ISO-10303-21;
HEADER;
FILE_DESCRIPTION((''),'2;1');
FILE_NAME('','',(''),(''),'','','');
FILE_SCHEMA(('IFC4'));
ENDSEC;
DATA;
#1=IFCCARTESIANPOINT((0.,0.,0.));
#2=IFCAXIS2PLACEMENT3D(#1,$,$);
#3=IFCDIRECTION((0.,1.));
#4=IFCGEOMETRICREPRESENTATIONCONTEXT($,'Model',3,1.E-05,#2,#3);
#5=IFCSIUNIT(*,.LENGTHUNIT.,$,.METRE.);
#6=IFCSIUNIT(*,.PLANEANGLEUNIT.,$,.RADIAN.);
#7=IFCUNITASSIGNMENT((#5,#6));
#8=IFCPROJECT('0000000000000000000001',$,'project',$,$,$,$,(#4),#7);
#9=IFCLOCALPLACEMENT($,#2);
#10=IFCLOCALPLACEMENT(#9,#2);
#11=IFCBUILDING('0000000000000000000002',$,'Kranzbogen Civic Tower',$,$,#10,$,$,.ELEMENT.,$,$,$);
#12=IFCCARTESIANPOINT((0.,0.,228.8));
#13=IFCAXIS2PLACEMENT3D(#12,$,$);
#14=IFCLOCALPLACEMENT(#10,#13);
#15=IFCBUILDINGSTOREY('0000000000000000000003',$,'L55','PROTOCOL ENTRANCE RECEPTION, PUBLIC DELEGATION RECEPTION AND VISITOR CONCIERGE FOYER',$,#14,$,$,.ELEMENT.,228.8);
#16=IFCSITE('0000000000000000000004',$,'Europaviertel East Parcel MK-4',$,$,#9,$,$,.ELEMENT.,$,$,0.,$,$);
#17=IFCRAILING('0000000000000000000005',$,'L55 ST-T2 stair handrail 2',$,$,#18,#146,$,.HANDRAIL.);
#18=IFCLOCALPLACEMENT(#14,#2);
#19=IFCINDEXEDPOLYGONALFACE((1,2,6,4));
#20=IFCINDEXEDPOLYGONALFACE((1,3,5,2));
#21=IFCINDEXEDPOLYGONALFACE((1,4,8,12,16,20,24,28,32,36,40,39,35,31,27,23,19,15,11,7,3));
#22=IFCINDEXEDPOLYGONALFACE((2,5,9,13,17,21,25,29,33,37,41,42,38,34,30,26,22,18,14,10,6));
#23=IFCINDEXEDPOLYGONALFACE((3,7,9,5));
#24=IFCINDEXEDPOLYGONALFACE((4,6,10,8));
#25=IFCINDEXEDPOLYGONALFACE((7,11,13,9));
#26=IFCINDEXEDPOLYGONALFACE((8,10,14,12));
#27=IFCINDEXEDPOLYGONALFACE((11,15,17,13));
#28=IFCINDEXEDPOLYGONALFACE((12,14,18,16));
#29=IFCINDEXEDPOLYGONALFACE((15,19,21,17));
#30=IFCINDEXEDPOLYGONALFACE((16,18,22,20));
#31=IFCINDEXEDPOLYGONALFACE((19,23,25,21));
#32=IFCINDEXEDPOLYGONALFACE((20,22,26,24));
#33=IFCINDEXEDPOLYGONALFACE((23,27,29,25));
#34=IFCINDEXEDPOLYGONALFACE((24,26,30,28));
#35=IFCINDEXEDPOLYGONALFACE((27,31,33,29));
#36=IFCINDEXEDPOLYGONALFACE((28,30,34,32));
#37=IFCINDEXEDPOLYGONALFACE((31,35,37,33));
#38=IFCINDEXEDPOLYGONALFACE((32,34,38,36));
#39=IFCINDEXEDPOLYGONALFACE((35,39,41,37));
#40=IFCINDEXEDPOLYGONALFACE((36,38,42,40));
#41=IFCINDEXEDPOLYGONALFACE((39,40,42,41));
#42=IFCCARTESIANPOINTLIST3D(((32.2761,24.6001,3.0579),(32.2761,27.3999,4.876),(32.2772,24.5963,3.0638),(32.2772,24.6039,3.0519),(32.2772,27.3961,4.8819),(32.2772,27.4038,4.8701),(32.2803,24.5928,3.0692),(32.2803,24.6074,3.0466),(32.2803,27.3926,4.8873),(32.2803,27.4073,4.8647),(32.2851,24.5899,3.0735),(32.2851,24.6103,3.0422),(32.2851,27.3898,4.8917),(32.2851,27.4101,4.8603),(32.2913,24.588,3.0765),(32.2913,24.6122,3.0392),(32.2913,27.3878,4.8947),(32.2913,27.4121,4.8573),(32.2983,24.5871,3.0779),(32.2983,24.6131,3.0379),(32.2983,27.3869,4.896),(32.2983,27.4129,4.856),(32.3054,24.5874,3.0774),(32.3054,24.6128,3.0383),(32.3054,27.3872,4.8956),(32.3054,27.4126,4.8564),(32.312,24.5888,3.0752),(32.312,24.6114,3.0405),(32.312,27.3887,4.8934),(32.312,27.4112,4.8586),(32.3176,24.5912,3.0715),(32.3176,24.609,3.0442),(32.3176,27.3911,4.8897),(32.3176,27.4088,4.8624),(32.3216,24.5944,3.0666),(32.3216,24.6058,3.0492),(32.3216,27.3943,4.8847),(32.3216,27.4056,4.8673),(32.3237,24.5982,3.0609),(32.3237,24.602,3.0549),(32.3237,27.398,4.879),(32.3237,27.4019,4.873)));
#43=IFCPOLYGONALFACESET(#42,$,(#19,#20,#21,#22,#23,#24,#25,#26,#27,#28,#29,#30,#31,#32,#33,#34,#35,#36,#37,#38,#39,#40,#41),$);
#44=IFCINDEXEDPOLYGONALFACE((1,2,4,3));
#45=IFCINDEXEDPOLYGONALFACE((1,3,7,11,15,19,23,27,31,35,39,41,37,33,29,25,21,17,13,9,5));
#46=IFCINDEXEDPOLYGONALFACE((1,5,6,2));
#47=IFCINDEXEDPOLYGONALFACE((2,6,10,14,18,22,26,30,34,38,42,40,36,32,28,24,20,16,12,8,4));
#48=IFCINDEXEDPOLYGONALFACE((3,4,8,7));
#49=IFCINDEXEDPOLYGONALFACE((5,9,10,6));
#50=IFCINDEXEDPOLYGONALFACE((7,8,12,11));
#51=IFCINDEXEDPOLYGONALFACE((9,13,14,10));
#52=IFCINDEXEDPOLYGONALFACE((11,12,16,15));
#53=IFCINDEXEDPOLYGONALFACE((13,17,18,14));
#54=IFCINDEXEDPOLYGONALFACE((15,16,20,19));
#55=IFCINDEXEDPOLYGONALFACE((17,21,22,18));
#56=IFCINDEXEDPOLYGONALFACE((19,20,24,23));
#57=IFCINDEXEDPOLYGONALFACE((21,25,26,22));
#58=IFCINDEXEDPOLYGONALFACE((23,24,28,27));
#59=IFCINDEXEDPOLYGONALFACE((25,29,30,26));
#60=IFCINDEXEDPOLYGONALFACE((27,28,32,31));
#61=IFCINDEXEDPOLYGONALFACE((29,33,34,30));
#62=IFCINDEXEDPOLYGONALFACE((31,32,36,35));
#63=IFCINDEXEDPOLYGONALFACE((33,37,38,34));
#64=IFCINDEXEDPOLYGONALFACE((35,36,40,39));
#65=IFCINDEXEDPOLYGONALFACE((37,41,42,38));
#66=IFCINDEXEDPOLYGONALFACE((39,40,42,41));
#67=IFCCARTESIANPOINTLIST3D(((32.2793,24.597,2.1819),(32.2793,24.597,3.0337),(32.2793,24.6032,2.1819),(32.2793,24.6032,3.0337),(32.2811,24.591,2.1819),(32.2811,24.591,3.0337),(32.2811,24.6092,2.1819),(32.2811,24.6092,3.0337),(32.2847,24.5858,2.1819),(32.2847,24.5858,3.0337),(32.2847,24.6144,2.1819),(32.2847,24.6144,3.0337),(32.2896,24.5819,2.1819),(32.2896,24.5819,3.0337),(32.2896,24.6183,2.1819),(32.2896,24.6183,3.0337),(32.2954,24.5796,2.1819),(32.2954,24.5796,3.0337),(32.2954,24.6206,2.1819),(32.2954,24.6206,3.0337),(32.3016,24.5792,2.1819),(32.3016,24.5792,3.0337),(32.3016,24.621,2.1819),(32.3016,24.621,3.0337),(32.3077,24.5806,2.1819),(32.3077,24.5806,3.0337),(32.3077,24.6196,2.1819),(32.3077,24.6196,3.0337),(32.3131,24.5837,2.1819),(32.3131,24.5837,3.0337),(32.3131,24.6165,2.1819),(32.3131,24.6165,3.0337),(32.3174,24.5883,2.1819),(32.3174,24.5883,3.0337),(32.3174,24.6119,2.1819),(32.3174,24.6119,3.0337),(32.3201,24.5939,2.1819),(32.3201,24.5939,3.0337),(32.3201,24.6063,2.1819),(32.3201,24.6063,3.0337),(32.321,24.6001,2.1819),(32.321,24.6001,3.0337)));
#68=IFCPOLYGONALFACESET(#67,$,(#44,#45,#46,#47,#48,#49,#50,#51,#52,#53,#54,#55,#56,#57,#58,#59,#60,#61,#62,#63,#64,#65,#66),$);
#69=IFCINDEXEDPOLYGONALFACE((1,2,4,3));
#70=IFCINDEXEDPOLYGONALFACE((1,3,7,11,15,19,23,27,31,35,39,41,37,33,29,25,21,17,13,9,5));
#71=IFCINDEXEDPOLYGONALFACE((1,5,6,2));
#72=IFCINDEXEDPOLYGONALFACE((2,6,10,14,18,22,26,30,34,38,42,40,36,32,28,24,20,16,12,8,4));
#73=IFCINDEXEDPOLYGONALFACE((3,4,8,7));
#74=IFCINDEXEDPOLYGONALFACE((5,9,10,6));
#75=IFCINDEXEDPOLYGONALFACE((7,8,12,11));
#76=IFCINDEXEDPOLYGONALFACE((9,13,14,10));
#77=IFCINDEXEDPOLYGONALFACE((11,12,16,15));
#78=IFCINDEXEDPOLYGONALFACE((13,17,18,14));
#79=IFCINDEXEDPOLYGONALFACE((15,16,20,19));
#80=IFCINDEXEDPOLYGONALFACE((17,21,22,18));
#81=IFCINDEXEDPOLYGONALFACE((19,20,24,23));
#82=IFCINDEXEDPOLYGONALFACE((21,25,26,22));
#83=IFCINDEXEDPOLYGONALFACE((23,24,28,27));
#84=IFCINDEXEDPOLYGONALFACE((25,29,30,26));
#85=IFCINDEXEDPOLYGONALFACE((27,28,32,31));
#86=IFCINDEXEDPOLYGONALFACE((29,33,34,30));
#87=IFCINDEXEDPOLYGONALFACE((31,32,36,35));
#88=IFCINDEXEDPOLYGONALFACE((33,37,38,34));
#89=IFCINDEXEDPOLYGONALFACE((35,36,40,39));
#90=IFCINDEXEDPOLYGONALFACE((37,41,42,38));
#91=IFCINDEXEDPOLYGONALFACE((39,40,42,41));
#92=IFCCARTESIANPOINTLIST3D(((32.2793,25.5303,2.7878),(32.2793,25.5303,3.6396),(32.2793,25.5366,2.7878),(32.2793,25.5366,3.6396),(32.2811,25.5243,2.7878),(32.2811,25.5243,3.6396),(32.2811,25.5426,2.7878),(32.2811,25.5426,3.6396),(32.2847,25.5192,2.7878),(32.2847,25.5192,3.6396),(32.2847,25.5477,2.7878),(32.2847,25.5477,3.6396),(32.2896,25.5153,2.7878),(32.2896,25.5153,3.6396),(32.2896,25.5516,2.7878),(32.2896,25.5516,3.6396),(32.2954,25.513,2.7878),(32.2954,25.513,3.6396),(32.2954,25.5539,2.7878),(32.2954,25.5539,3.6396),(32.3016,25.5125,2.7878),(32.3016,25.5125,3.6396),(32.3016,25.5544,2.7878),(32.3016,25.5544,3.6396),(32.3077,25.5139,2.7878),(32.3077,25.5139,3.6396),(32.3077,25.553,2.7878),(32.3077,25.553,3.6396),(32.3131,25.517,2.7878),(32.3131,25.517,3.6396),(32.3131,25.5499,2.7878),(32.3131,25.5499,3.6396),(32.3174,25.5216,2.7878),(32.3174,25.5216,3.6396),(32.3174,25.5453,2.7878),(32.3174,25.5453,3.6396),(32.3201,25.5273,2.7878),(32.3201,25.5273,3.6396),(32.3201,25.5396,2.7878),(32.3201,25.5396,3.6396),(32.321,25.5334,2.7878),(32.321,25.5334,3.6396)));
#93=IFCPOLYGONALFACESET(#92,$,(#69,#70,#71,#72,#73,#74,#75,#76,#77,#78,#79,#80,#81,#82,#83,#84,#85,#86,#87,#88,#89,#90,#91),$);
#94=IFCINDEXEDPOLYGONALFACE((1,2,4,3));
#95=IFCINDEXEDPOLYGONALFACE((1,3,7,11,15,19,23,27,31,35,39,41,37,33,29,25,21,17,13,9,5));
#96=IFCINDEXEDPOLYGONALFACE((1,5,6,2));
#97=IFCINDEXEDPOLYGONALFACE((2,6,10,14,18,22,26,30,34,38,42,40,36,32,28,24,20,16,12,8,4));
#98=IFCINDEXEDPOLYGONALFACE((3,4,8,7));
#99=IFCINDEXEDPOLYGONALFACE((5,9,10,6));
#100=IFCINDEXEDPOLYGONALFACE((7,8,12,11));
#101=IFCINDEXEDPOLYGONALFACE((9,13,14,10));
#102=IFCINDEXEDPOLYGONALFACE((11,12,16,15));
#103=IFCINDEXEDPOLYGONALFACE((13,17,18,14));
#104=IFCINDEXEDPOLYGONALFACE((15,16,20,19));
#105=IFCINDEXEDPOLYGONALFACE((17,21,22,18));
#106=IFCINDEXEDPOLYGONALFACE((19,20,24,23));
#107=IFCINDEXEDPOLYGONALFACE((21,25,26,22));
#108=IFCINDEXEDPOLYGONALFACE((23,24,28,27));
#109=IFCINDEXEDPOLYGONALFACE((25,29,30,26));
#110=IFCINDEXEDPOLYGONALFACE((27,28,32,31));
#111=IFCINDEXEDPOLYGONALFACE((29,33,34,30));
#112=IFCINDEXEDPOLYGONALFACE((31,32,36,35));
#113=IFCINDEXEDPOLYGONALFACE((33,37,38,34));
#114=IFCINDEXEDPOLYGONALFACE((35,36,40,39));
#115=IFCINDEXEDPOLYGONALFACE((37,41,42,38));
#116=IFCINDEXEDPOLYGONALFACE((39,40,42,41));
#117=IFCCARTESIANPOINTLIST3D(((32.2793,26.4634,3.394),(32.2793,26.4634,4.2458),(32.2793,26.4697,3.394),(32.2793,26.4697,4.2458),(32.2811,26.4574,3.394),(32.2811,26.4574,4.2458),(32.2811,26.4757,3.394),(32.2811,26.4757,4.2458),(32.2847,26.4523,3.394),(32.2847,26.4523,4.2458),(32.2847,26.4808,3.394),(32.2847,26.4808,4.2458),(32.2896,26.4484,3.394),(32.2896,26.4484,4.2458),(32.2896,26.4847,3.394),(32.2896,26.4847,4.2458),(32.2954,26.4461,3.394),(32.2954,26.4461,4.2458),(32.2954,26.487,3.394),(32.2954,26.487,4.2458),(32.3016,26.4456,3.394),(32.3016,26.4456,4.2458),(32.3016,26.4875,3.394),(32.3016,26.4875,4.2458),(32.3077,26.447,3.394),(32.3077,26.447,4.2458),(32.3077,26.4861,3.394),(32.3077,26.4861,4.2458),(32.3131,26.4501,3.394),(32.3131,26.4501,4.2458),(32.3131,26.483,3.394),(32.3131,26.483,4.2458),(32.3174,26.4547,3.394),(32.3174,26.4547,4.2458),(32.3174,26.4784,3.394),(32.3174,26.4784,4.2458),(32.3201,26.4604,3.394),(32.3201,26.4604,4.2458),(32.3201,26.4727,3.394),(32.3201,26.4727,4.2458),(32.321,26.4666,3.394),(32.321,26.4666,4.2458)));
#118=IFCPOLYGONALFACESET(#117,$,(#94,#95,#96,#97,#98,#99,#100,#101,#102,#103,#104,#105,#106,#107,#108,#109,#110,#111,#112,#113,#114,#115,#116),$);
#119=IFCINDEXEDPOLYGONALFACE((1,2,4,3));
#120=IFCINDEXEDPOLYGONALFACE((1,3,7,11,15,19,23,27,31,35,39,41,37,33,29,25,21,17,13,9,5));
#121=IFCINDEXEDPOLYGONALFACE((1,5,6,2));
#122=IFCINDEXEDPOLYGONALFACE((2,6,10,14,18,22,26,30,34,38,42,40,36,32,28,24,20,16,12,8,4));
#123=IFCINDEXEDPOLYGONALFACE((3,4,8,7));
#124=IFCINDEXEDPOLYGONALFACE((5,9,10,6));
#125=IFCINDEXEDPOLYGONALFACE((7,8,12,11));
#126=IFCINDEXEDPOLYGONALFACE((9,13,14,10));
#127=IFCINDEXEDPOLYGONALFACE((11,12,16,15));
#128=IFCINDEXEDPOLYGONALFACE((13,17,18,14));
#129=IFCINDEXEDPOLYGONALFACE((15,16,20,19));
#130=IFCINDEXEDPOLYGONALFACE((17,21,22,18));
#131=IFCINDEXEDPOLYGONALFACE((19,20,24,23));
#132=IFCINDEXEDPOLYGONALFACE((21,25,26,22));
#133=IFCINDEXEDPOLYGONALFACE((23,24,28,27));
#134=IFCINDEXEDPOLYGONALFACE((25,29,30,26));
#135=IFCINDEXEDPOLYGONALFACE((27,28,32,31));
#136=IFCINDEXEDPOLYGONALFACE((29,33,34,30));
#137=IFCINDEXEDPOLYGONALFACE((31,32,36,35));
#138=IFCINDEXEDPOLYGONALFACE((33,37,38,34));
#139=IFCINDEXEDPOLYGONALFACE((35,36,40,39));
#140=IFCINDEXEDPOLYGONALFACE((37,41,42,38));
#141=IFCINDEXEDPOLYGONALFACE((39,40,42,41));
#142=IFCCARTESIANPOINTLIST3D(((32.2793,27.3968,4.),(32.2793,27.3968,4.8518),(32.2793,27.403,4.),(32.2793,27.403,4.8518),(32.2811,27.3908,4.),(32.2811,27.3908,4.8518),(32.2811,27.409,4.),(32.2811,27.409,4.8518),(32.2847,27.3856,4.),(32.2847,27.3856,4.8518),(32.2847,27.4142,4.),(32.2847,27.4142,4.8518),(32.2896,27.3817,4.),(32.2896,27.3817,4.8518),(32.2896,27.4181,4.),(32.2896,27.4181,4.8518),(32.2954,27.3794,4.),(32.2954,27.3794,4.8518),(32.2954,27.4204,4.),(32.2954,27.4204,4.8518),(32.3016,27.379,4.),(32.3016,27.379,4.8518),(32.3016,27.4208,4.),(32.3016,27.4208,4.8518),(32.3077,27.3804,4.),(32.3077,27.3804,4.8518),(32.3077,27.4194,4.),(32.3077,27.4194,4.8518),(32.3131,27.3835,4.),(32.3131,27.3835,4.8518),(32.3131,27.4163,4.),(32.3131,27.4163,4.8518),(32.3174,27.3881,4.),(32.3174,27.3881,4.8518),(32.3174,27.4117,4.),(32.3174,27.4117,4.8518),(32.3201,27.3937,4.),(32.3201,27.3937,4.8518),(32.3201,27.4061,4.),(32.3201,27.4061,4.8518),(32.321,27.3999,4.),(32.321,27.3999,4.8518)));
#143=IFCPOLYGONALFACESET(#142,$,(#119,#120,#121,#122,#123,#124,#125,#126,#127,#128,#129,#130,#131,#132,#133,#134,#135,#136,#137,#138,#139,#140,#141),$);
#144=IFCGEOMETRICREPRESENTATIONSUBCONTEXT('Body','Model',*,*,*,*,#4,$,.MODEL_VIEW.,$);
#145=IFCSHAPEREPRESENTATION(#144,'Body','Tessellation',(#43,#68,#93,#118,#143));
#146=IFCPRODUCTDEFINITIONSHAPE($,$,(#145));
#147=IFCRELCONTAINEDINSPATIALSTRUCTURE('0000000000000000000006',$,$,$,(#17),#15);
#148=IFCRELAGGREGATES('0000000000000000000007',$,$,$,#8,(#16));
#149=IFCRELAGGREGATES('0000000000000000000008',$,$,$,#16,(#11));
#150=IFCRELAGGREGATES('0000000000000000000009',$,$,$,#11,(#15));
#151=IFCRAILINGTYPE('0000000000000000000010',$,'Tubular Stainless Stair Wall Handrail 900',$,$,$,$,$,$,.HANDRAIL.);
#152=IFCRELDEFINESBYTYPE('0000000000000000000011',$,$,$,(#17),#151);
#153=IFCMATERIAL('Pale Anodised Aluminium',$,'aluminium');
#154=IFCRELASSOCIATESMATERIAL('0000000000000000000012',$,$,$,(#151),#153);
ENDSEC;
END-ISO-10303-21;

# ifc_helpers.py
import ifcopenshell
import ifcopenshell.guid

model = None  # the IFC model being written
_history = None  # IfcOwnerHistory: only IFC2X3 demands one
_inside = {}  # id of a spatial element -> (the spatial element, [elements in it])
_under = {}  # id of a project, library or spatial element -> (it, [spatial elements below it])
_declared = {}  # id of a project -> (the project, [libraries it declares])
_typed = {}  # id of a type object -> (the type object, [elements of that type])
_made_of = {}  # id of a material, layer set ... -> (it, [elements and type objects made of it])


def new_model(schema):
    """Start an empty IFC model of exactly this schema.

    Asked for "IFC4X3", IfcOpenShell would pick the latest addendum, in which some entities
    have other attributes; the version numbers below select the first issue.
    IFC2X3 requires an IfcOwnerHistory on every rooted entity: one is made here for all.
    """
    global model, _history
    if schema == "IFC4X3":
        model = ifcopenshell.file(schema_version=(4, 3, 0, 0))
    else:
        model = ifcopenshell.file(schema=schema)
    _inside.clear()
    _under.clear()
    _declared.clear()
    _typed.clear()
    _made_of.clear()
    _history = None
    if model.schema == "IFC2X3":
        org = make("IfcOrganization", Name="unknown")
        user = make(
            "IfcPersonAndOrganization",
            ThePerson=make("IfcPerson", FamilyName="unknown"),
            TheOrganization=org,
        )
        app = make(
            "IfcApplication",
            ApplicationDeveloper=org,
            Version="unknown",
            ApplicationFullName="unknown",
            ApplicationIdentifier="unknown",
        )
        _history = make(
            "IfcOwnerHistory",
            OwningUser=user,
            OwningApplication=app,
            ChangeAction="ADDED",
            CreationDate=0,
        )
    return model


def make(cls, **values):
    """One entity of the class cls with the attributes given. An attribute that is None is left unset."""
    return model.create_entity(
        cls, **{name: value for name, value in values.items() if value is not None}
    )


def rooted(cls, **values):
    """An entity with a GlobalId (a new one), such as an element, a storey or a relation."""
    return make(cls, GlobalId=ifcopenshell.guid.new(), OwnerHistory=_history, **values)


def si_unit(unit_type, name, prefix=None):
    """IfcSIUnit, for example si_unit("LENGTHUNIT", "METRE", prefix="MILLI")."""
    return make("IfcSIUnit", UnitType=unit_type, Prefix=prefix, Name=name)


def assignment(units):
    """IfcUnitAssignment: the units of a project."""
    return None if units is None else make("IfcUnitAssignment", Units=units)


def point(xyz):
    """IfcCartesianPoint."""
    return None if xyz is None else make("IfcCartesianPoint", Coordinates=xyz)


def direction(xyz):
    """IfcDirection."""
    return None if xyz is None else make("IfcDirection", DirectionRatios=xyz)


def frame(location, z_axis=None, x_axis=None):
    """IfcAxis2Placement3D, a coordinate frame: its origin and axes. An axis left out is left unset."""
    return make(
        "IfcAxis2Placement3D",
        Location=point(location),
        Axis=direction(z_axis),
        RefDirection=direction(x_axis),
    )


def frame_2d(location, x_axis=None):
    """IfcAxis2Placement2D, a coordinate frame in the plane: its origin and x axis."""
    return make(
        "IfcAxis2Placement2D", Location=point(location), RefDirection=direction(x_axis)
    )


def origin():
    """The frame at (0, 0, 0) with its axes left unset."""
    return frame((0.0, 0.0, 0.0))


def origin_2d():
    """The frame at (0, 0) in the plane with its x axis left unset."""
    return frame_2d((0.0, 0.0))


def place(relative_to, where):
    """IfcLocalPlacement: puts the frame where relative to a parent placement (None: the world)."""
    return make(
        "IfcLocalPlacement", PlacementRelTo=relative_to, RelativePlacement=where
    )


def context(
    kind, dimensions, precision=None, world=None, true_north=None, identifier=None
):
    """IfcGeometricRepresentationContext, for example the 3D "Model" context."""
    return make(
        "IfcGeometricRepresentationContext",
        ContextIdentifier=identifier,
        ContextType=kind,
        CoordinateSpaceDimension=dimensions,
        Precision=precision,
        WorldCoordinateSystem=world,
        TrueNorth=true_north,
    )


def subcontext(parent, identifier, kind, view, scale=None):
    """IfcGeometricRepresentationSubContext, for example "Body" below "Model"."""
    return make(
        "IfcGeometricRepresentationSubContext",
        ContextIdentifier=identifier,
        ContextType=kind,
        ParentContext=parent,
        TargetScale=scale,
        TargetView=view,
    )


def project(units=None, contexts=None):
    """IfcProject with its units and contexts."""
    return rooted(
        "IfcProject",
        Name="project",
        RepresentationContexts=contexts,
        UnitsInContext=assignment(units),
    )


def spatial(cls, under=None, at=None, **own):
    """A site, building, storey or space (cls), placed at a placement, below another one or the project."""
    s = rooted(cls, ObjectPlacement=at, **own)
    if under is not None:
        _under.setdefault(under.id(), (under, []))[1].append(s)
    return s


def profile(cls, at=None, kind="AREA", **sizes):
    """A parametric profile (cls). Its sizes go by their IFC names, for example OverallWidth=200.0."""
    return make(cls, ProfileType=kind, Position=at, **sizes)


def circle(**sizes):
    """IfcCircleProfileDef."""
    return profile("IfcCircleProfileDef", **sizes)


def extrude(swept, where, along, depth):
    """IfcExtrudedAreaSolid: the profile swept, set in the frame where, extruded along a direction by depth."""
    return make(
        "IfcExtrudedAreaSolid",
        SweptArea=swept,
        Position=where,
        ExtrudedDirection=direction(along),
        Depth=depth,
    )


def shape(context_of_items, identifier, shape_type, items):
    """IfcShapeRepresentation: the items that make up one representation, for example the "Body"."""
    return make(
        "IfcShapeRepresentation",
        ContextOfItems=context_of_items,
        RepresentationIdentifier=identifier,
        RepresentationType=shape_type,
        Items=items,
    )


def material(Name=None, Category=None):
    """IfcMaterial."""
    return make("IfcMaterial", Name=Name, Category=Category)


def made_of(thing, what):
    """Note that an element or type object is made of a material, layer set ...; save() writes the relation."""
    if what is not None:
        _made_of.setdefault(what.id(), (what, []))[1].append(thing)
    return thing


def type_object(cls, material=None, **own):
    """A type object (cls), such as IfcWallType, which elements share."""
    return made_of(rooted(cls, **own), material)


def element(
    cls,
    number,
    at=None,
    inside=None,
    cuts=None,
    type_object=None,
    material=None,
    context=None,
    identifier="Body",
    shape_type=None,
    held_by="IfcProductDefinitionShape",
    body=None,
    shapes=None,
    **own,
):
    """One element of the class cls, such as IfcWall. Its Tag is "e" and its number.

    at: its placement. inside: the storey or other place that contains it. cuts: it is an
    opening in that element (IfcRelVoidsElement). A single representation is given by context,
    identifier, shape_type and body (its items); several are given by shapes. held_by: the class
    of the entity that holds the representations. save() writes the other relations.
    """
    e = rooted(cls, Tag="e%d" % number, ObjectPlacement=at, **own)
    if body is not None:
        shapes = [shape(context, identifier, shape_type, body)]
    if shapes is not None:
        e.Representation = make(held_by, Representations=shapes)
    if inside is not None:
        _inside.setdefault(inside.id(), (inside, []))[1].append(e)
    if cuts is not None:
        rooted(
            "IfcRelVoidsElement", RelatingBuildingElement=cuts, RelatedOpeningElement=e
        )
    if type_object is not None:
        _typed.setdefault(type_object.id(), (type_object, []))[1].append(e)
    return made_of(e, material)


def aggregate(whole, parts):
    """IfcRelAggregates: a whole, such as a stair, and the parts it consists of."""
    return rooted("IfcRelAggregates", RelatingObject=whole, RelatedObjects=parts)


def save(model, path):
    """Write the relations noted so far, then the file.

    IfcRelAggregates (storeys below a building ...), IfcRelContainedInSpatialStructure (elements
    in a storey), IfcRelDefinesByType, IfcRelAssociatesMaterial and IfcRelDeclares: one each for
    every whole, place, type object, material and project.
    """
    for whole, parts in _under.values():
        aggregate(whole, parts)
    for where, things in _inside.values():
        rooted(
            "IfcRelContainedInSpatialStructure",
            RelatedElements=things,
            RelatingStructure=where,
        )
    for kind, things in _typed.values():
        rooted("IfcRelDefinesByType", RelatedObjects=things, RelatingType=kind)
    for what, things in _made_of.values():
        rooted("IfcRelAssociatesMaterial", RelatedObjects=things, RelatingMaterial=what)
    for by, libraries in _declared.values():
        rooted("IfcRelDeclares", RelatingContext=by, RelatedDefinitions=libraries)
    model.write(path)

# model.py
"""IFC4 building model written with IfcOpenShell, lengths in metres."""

from ifc_helpers import new_model, si_unit, direction, frame, origin, origin_2d, place, context, subcontext, project, spatial, circle, extrude, material, type_object, element, save


model = new_model("IFC4")

# Units and contexts
model_context = context("Model", 3, precision=1e-05, world=origin(), true_north=direction((0.0, 1.0)))
body_context = subcontext(model_context, "Body", "Model", "MODEL_VIEW")
ifc_project = project(units=[si_unit("LENGTHUNIT", "METRE"), si_unit("PLANEANGLEUNIT", "RADIAN")], contexts=[model_context])

# Site, building, storey
site_placement = place(None, origin())
site = spatial("IfcSite", under=ifc_project, at=site_placement, Name="Europaviertel East Parcel MK-4", CompositionType="ELEMENT", RefElevation=0.0)
building_placement = place(site_placement, origin())
building = spatial("IfcBuilding", under=site, at=building_placement, Name="Kranzbogen Civic Tower", CompositionType="ELEMENT")
storey_placement = place(building_placement, frame((0.0, 0.0, 228.8)))
storey = spatial("IfcBuildingStorey", under=building, at=storey_placement, Name="L55", Description="PROTOCOL ENTRANCE RECEPTION, PUBLIC DELEGATION RECEPTION AND VISITOR CONCIERGE FOYER", CompositionType="ELEMENT", Elevation=228.8)

# Shared definitions
ifc_material_1 = material(Name="Pale Anodised Aluminium", Category="aluminium")

# Railing
railing_type_1 = type_object("IfcRailingType", Name="Tubular Stainless Stair Wall Handrail 900", PredefinedType="HANDRAIL", material=ifc_material_1)
railing_1_placement = place(storey_placement, frame((32.3, 24.6001, 2.1819)))
element("IfcRailing", 1, at=railing_1_placement, inside=storey, type_object=railing_type_1, Name="L55 ST-T2 stair handrail 2", PredefinedType="HANDRAIL", context=body_context, shape_type="SweptSolid", body=[
    extrude(circle(Radius=0.0239, at=origin_2d()), frame((0.0, 0.0, 0.876), z_axis=(0.0, 0.838684, 0.544618), x_axis=(-1.0, 0.0, 0.0)), (0.0, 0.0, 1.0), 3.3384),
    extrude(circle(Radius=0.021, at=origin_2d()), origin(), (0.0, 0.0, 1.0), 0.8518),
    extrude(circle(Radius=0.021, at=origin_2d()), frame((0.0, 0.9333, 0.606)), (0.0, 0.0, 1.0), 0.8518),
    extrude(circle(Radius=0.021, at=origin_2d()), frame((0.0, 1.8665, 1.2122)), (0.0, 0.0, 1.0), 0.8518),
    extrude(circle(Radius=0.021, at=origin_2d()), frame((0.0, 2.7998, 1.8181)), (0.0, 0.0, 1.0), 0.8518),
])

save(model, "model.ifc")
